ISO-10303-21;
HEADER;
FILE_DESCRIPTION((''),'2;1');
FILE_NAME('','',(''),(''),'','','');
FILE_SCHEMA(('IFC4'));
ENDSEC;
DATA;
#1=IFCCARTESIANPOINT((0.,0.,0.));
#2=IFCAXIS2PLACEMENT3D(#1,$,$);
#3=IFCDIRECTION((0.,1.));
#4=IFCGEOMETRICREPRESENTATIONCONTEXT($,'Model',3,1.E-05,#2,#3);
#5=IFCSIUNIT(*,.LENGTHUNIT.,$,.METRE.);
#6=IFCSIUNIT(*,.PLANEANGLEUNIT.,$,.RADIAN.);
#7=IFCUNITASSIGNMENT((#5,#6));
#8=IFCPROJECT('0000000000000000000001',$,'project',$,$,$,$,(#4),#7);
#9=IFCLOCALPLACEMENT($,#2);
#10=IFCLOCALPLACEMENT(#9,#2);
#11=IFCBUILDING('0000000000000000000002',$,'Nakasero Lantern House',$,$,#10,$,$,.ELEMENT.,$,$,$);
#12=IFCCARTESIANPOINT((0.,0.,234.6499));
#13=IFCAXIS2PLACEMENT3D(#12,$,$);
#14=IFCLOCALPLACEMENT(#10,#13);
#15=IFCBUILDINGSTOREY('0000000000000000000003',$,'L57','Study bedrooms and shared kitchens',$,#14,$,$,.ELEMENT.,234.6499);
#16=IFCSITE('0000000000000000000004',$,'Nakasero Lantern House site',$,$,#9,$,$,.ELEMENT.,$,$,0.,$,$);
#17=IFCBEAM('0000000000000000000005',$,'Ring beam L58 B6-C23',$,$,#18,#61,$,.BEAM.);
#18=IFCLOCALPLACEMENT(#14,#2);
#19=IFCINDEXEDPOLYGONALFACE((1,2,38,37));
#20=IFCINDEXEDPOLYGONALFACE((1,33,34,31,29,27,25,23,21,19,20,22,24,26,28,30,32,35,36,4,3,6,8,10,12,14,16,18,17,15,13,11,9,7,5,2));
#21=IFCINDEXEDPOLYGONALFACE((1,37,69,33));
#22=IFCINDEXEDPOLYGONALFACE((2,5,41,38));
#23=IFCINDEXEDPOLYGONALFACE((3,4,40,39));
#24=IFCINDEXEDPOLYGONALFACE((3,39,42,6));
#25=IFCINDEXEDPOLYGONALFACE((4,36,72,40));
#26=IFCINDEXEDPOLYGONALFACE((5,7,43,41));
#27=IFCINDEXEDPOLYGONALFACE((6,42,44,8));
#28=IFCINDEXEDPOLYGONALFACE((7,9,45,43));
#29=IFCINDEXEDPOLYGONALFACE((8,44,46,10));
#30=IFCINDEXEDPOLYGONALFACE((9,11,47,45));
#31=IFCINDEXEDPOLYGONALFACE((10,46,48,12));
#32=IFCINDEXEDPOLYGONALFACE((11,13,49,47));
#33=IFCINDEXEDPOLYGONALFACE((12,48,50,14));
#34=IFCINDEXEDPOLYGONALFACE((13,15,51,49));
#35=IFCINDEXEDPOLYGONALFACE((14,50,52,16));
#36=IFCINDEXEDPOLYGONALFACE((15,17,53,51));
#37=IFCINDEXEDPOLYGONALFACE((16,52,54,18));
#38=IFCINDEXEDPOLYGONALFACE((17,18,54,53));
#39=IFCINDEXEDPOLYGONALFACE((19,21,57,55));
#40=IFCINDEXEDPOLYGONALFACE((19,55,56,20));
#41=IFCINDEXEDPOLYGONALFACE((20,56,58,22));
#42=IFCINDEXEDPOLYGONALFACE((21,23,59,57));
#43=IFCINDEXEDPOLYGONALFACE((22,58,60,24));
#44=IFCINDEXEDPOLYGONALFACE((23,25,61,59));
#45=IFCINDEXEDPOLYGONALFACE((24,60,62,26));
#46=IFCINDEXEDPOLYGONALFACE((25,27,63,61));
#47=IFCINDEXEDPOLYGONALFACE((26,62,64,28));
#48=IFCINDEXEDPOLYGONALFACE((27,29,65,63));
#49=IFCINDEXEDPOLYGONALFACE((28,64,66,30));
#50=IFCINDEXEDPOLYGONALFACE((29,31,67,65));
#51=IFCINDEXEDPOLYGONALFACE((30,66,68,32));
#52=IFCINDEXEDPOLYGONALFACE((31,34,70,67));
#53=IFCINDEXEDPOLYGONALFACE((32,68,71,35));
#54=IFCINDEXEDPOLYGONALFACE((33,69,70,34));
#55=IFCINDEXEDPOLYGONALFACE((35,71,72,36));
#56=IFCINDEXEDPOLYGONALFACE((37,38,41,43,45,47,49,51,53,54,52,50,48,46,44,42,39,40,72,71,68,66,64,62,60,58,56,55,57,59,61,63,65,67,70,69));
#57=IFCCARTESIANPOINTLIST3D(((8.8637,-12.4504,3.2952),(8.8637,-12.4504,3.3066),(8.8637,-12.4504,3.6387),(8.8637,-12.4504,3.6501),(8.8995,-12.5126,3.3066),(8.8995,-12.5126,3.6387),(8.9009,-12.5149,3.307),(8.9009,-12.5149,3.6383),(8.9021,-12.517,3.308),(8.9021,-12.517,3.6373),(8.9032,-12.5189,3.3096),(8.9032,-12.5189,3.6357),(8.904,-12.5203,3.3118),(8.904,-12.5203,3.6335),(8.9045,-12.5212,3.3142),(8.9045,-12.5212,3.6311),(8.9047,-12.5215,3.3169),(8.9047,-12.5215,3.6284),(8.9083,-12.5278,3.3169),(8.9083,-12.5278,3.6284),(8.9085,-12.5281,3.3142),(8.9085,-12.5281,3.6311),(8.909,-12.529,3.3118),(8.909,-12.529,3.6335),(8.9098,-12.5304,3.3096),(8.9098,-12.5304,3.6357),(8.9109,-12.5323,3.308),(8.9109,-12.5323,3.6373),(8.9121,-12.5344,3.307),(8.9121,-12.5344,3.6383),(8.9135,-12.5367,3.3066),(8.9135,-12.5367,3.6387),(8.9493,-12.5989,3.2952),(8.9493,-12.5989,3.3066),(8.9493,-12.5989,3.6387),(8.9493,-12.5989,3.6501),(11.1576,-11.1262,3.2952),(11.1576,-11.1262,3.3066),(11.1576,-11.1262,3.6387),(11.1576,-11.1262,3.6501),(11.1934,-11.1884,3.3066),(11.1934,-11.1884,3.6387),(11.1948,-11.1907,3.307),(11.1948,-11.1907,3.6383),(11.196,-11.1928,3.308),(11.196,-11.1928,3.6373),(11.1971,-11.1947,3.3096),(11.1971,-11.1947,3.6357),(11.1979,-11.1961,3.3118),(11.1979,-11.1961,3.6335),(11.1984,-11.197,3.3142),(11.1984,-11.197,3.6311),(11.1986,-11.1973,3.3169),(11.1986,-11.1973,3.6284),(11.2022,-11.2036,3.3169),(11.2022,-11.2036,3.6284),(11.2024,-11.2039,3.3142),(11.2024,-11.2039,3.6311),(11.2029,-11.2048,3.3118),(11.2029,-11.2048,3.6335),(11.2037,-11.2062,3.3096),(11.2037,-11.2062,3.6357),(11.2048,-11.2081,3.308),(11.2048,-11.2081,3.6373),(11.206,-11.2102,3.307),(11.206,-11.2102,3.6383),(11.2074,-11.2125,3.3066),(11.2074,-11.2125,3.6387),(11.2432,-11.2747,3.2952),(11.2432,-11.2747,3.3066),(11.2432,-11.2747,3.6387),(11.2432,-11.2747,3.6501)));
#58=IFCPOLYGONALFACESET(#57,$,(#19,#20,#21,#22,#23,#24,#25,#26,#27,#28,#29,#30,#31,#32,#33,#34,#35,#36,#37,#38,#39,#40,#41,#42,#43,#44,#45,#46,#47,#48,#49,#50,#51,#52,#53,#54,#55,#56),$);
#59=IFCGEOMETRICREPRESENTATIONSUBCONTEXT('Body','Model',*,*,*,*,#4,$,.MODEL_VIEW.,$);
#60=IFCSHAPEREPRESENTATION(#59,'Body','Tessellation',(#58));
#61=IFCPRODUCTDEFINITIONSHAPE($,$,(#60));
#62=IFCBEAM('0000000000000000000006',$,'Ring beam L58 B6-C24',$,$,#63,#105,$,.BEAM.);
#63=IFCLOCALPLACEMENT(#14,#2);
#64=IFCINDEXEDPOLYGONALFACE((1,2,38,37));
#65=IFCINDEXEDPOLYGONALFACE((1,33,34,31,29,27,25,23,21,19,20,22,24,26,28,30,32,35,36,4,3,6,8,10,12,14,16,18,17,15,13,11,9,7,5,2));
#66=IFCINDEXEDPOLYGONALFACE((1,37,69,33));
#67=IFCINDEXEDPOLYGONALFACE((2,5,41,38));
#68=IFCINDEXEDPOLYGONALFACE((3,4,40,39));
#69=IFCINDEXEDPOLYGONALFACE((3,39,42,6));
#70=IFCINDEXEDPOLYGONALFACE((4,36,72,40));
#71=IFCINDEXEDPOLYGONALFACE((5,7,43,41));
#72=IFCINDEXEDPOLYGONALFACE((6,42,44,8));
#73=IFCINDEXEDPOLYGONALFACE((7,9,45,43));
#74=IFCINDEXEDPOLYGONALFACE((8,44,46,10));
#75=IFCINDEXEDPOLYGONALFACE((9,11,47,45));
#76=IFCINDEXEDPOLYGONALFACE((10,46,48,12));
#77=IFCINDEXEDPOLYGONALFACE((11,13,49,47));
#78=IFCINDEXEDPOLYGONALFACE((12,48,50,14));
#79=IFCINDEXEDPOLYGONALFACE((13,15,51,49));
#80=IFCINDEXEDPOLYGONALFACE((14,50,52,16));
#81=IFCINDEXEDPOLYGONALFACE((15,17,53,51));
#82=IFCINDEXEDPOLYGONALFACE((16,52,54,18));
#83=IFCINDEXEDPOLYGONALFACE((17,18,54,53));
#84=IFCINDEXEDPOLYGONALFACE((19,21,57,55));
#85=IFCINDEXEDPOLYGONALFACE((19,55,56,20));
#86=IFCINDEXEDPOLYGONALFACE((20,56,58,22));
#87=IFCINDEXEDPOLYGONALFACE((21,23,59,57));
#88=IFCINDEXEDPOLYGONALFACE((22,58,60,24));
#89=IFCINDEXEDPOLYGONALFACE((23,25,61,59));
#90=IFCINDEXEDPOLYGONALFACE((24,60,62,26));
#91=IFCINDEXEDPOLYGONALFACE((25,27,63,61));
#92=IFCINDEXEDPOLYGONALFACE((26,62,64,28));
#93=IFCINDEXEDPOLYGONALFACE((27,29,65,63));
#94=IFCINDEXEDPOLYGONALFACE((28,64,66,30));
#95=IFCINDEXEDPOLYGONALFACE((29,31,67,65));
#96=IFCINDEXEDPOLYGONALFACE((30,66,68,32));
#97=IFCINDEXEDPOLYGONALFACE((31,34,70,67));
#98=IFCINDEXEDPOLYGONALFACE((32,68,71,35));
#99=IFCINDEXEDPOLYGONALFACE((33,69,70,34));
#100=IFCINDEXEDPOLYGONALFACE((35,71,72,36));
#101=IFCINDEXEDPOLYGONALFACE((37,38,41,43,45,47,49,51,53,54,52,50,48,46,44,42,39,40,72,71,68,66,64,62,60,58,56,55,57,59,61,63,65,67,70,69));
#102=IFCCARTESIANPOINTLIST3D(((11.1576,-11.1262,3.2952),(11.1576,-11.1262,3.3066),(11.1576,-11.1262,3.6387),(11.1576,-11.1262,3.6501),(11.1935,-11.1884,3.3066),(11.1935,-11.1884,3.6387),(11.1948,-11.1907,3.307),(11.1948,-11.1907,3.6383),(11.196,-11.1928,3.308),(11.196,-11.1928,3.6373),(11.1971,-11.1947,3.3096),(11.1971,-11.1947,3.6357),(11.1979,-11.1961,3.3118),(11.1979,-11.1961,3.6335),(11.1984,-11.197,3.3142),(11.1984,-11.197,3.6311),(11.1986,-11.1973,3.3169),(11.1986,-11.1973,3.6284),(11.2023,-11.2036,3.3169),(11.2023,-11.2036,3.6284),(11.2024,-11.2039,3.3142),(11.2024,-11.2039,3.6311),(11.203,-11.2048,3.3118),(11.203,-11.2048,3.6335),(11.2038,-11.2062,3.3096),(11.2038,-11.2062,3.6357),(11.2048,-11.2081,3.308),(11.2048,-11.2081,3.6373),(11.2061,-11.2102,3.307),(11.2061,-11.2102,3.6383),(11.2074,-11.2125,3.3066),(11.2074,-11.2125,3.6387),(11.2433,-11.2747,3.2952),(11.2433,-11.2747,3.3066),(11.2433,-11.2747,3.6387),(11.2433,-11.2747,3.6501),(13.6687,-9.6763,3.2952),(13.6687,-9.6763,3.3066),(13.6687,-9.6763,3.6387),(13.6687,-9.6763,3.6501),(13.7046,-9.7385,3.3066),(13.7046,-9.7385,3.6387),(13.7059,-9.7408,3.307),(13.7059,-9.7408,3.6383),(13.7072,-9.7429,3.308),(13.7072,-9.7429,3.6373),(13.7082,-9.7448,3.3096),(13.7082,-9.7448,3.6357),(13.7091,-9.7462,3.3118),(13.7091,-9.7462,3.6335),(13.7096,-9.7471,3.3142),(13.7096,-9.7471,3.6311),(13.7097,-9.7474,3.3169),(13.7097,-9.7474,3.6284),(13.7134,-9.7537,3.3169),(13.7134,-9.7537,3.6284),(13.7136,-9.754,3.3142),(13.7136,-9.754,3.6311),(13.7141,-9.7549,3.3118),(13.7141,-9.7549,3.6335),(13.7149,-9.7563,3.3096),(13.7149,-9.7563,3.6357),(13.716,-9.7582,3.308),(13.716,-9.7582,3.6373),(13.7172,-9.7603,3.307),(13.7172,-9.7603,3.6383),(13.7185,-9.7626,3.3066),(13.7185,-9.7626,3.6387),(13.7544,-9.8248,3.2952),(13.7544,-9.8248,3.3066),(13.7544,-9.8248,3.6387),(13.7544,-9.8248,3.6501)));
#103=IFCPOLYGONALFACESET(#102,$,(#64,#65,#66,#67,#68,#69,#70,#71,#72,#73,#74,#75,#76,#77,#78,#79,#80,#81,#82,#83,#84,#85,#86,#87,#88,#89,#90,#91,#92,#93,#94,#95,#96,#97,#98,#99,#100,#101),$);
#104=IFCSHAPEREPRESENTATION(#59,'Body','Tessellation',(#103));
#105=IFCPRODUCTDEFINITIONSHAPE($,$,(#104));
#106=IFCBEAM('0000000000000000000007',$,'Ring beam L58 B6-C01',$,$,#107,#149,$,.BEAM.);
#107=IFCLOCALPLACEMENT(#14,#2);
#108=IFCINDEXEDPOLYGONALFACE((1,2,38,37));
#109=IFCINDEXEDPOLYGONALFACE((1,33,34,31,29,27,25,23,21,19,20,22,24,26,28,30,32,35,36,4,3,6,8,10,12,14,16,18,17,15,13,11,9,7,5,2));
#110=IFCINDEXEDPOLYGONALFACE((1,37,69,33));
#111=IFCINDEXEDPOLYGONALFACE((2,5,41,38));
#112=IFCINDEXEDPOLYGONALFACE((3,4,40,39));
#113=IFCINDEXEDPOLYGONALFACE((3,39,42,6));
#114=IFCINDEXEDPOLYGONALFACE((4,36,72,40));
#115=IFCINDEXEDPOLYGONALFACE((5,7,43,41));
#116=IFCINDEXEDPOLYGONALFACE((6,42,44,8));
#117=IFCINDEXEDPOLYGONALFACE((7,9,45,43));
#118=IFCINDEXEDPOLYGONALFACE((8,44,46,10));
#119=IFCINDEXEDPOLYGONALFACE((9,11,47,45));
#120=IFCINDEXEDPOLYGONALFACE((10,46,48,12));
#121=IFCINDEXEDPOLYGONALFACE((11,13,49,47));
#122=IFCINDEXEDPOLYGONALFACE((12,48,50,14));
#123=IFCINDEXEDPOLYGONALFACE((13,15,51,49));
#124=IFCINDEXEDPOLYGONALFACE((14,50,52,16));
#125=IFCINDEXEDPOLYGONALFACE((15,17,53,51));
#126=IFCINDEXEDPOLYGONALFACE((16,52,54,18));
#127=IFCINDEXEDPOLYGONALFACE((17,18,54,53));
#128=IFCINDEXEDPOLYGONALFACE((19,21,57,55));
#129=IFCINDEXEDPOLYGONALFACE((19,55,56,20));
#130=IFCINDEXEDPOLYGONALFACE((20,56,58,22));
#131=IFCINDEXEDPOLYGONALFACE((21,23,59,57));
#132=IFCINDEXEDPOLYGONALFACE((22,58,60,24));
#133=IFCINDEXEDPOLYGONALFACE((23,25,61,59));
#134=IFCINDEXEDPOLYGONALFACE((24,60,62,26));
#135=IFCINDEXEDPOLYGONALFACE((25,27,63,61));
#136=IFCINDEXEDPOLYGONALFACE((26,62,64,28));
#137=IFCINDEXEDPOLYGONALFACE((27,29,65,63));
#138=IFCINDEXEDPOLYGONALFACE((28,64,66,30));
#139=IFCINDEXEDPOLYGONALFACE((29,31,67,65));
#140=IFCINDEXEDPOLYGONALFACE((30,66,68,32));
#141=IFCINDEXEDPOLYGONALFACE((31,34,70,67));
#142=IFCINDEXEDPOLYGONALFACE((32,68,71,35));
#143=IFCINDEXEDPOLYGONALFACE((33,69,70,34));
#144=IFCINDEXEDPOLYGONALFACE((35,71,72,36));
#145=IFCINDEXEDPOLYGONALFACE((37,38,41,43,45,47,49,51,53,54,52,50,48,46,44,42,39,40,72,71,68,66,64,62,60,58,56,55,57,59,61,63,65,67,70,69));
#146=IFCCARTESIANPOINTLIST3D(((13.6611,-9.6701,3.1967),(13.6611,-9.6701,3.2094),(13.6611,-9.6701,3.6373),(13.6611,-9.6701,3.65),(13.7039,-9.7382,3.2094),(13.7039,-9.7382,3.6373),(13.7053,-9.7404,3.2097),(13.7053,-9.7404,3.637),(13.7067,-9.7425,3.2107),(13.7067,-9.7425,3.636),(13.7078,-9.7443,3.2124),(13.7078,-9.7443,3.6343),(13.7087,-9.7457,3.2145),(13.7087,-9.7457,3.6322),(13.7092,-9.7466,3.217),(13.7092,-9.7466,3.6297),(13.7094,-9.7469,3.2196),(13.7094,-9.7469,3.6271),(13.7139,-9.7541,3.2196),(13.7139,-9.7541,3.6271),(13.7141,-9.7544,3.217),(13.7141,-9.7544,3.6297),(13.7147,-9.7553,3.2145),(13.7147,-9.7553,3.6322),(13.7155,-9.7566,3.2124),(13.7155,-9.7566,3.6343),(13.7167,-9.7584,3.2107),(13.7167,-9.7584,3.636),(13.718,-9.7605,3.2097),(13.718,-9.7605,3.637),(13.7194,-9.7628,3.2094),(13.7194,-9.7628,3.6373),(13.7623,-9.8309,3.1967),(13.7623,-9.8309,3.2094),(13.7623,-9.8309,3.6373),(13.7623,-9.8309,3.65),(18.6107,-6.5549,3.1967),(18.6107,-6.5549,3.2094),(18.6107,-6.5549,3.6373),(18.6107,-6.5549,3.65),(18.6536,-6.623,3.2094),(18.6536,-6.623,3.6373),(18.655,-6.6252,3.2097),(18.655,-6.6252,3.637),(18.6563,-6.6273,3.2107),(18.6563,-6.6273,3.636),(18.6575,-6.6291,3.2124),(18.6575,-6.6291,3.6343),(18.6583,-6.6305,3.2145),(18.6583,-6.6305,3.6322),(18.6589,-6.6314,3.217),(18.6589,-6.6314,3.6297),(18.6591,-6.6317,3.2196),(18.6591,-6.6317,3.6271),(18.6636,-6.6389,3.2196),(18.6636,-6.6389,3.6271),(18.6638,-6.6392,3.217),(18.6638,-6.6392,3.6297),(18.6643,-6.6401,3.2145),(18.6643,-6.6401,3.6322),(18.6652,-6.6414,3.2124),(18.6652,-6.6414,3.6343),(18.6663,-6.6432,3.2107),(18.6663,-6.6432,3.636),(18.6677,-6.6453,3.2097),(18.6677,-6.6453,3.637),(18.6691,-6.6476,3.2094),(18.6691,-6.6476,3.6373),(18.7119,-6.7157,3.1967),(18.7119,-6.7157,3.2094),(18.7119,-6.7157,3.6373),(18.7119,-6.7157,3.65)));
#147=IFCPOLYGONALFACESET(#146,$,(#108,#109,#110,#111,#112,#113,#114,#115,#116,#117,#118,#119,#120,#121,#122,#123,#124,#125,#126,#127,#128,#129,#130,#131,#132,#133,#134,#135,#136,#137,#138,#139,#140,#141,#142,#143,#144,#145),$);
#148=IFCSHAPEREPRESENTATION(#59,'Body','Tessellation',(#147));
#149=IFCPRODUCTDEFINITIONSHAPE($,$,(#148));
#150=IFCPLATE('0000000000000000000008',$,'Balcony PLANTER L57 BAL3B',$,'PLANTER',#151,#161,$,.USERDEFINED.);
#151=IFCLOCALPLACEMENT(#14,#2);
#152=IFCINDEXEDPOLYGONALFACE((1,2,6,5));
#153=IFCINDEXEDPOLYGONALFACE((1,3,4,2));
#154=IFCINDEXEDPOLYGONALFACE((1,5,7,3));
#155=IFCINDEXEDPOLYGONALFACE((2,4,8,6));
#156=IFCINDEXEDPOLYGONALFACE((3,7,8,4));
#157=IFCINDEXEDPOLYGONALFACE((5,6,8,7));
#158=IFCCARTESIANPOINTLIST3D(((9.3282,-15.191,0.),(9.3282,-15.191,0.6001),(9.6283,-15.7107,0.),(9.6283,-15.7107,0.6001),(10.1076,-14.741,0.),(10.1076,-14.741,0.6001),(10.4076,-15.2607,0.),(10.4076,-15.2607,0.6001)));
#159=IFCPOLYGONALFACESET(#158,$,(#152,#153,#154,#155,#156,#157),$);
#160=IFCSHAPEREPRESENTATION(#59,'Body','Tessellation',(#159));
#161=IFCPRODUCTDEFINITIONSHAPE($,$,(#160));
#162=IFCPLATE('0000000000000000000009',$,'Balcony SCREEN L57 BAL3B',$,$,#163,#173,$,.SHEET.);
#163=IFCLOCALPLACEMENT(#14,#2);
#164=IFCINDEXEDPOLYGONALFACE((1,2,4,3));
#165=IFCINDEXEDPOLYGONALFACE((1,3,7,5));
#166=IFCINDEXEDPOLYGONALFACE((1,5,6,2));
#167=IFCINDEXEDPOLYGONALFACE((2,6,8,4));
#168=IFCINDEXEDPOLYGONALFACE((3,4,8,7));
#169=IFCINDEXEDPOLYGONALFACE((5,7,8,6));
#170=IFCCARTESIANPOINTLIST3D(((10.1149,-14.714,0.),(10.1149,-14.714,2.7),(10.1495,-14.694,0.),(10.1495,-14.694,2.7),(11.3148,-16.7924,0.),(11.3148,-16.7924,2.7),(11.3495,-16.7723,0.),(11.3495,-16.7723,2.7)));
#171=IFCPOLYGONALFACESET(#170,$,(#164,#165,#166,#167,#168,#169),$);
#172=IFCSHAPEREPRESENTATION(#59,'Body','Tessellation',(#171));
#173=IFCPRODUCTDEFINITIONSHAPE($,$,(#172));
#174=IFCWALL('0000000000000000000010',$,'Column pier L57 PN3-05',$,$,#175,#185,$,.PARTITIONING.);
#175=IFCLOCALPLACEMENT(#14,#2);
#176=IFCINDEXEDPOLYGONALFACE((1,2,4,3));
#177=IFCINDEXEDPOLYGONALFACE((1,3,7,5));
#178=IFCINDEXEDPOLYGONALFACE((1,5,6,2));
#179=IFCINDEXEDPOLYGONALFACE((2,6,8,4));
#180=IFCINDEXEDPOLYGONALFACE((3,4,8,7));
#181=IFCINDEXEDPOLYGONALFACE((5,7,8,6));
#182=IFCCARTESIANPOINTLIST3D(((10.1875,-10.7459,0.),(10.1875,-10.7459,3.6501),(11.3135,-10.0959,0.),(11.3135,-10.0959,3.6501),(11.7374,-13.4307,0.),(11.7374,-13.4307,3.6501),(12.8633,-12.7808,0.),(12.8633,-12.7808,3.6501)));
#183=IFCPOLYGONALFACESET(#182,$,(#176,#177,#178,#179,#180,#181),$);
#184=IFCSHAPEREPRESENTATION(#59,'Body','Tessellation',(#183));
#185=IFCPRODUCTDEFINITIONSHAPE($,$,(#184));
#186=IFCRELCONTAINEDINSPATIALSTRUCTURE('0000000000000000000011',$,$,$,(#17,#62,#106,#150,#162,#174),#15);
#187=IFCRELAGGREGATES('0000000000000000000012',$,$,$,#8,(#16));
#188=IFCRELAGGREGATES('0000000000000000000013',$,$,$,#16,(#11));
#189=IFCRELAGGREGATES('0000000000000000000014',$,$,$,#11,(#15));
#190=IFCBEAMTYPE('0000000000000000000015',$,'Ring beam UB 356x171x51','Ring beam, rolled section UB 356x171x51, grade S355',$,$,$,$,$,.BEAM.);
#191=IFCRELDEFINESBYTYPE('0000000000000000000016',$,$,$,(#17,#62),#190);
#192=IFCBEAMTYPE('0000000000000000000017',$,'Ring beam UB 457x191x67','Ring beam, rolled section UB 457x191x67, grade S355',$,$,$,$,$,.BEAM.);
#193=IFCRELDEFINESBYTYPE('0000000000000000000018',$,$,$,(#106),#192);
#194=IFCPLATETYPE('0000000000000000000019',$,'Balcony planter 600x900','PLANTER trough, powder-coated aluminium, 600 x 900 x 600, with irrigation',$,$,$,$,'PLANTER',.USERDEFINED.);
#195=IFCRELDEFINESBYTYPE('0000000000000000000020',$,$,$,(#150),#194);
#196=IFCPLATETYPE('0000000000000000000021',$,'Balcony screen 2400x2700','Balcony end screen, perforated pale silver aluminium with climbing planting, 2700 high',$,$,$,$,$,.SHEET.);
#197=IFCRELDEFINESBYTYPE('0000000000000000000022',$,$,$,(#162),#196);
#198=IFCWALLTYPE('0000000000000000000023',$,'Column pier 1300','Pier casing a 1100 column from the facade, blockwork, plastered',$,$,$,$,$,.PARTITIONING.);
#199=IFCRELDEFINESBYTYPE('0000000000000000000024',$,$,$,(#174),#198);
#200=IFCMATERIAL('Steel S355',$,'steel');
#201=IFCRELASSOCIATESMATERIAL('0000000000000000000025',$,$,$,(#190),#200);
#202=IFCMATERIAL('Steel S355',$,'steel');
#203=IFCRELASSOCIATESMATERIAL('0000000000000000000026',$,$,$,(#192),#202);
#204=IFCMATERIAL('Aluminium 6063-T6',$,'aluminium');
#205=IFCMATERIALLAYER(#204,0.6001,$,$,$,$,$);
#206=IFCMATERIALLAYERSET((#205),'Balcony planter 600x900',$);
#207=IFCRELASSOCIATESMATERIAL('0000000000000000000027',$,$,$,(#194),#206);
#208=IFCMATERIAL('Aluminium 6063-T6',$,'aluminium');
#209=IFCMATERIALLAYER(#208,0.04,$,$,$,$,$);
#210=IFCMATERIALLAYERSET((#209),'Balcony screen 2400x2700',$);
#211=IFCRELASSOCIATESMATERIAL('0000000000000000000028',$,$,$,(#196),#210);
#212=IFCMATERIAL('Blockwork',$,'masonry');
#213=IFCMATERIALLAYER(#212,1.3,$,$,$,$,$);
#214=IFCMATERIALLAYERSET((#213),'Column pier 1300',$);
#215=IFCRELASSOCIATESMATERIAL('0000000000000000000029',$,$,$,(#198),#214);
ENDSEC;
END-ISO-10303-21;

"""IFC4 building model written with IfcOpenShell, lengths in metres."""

from ifc_helpers import new_model, si_unit, direction, frame, frame_2d, origin, origin_2d, place, context, subcontext, project, spatial, rectangle, i_section, extrude, material, layer, layer_set, material_profile, profile_set, type_object, element, save


model = new_model("IFC4")

# Units and contexts
model_context = context("Model", 3, precision=1e-05, world=origin(), true_north=direction((0.0, 1.0)))
body_context = subcontext(model_context, "Body", "Model", "MODEL_VIEW")
ifc_project = project(units=[si_unit("LENGTHUNIT", "METRE"), si_unit("PLANEANGLEUNIT", "RADIAN")], contexts=[model_context])

# Site, building, storey
site_placement = place(None, origin())
site = spatial("IfcSite", under=ifc_project, at=site_placement, Name="Nakasero Lantern House site", CompositionType="ELEMENT", RefElevation=0.0)
building_placement = place(site_placement, origin())
building = spatial("IfcBuilding", under=site, at=building_placement, Name="Nakasero Lantern House", CompositionType="ELEMENT")
storey_placement = place(building_placement, frame((0.0, 0.0, 234.6499)))
storey = spatial("IfcBuildingStorey", under=building, at=storey_placement, Name="L57", Description="Study bedrooms and shared kitchens", CompositionType="ELEMENT", Elevation=234.6499)

# Beams
ifc_material_1 = material(Name="Steel S355", Category="steel")
ifc_material_profile_1 = material_profile(ifc_material_1, i_section(OverallWidth=0.1714, OverallDepth=0.355, WebThickness=0.0073, FlangeThickness=0.0115, FilletRadius=0.0103, at=origin_2d()), Name="UB 356x171x51")
ifc_profile_set_1 = profile_set([ifc_material_profile_1], Name="Steel S355")
beam_type_1 = type_object("IfcBeamType", Name="Ring beam UB 356x171x51", Description="Ring beam, rolled section UB 356x171x51, grade S355", PredefinedType="BEAM", material=ifc_profile_set_1)
beam_1_placement = place(storey_placement, frame((8.9065, -12.5247, 3.4727), z_axis=(0.866057, 0.499946, 0.0), x_axis=(-0.499946, 0.866057, 0.0)))
element("IfcBeam", 1, at=beam_1_placement, inside=storey, type_object=beam_type_1, Name="Ring beam L58 B6-C23", PredefinedType="BEAM", context=body_context, shape_type="SweptSolid", body=[
    extrude(i_section(OverallWidth=0.1714, OverallDepth=0.355, WebThickness=0.0073, FlangeThickness=0.0115, FilletRadius=0.0103, at=origin_2d()), origin(), (0.0, 0.0, 1.0), 2.6487),
])
beam_2_placement = place(storey_placement, frame((11.2004, -11.2004, 3.4727), z_axis=(0.866012, 0.500024, 0.0), x_axis=(-0.500024, 0.866012, 0.0)))
element("IfcBeam", 2, at=beam_2_placement, inside=storey, type_object=beam_type_1, Name="Ring beam L58 B6-C24", PredefinedType="BEAM", context=body_context, shape_type="SweptSolid", body=[
    extrude(i_section(OverallWidth=0.1714, OverallDepth=0.355, WebThickness=0.0073, FlangeThickness=0.0115, FilletRadius=0.0103, at=origin_2d()), origin(), (0.0, 0.0, 1.0), 2.8997),
])
ifc_material_2 = material(Name="Steel S355", Category="steel")
ifc_material_profile_2 = material_profile(ifc_material_2, i_section(OverallWidth=0.1899, OverallDepth=0.4534, WebThickness=0.0085, FlangeThickness=0.0127, FilletRadius=0.0103, at=origin_2d()), Name="UB 457x191x67")
ifc_profile_set_2 = profile_set([ifc_material_profile_2], Name="Steel S355")
beam_type_2 = type_object("IfcBeamType", Name="Ring beam UB 457x191x67", Description="Ring beam, rolled section UB 457x191x67, grade S355", PredefinedType="BEAM", material=ifc_profile_set_2)
beam_3_placement = place(storey_placement, frame((13.7117, -9.7505, 3.4233), z_axis=(0.846329, 0.53266, 0.0), x_axis=(-0.53266, 0.846329, 0.0)))
element("IfcBeam", 3, at=beam_3_placement, inside=storey, type_object=beam_type_2, Name="Ring beam L58 B6-C01", PredefinedType="BEAM", context=body_context, shape_type="SweptSolid", body=[
    extrude(i_section(OverallWidth=0.1899, OverallDepth=0.4534, WebThickness=0.0085, FlangeThickness=0.0127, FilletRadius=0.0103, at=origin_2d()), origin(), (0.0, 0.0, 1.0), 5.8484),
])

# Plates
ifc_material_3 = material(Name="Aluminium 6063-T6", Category="aluminium")
ifc_layer_1 = layer(ifc_material_3, 0.6001)
ifc_layer_set_1 = layer_set([ifc_layer_1], Name="Balcony planter 600x900")
plate_type_1 = type_object("IfcPlateType", Name="Balcony planter 600x900", Description="PLANTER trough, powder-coated aluminium, 600 x 900 x 600, with irrigation", ElementType="PLANTER", PredefinedType="USERDEFINED", material=ifc_layer_set_1)
plate_1_placement = place(storey_placement, frame((9.8679, -15.2258, 0.0), z_axis=(0.0, 0.0, 1.0), x_axis=(0.5, -0.866025, 0.0)))
element("IfcPlate", 4, at=plate_1_placement, inside=storey, type_object=plate_type_1, Name="Balcony PLANTER L57 BAL3B", ObjectType="PLANTER", PredefinedType="USERDEFINED", context=body_context, shape_type="SweptSolid", body=[
    extrude(rectangle(XDim=0.6001, YDim=0.8999, at=origin_2d()), origin(), (0.0, 0.0, 1.0), 0.6001),
])
ifc_material_4 = material(Name="Aluminium 6063-T6", Category="aluminium")
ifc_layer_2 = layer(ifc_material_4, 0.04)
ifc_layer_set_2 = layer_set([ifc_layer_2], Name="Balcony screen 2400x2700")
plate_type_2 = type_object("IfcPlateType", Name="Balcony screen 2400x2700", Description="Balcony end screen, perforated pale silver aluminium with climbing planting, 2700 high", PredefinedType="SHEET", material=ifc_layer_set_2)
plate_2_placement = place(storey_placement, frame((10.7322, -15.7432, 0.0), z_axis=(0.0, 0.0, 1.0), x_axis=(0.5, -0.866025, 0.0)))
element("IfcPlate", 5, at=plate_2_placement, inside=storey, type_object=plate_type_2, Name="Balcony SCREEN L57 BAL3B", PredefinedType="SHEET", context=body_context, shape_type="SweptSolid", body=[
    extrude(rectangle(XDim=2.3999, YDim=0.04, at=origin_2d()), origin(), (0.0, 0.0, 1.0), 2.7),
])

# Wall
ifc_material_5 = material(Name="Blockwork", Category="masonry")
ifc_layer_3 = layer(ifc_material_5, 1.3)
ifc_layer_set_3 = layer_set([ifc_layer_3], Name="Column pier 1300")
wall_type_1 = type_object("IfcWallType", Name="Column pier 1300", Description="Pier casing a 1100 column from the facade, blockwork, plastered", PredefinedType="PARTITIONING", material=ifc_layer_set_3)
wall_1_placement = place(storey_placement, frame((10.7505, -10.4209, 0.0), z_axis=(0.0, 0.0, 1.0), x_axis=(0.499934, -0.866064, 0.0)))
element("IfcWall", 6, at=wall_1_placement, inside=storey, type_object=wall_type_1, Name="Column pier L57 PN3-05", PredefinedType="PARTITIONING", context=body_context, shape_type="SweptSolid", body=[
    extrude(rectangle(XDim=3.1001, YDim=1.3, at=frame_2d((1.55, 0.0))), origin(), (0.0, 0.0, 1.0), 3.6501),
])

save(model, "model.ifc")
